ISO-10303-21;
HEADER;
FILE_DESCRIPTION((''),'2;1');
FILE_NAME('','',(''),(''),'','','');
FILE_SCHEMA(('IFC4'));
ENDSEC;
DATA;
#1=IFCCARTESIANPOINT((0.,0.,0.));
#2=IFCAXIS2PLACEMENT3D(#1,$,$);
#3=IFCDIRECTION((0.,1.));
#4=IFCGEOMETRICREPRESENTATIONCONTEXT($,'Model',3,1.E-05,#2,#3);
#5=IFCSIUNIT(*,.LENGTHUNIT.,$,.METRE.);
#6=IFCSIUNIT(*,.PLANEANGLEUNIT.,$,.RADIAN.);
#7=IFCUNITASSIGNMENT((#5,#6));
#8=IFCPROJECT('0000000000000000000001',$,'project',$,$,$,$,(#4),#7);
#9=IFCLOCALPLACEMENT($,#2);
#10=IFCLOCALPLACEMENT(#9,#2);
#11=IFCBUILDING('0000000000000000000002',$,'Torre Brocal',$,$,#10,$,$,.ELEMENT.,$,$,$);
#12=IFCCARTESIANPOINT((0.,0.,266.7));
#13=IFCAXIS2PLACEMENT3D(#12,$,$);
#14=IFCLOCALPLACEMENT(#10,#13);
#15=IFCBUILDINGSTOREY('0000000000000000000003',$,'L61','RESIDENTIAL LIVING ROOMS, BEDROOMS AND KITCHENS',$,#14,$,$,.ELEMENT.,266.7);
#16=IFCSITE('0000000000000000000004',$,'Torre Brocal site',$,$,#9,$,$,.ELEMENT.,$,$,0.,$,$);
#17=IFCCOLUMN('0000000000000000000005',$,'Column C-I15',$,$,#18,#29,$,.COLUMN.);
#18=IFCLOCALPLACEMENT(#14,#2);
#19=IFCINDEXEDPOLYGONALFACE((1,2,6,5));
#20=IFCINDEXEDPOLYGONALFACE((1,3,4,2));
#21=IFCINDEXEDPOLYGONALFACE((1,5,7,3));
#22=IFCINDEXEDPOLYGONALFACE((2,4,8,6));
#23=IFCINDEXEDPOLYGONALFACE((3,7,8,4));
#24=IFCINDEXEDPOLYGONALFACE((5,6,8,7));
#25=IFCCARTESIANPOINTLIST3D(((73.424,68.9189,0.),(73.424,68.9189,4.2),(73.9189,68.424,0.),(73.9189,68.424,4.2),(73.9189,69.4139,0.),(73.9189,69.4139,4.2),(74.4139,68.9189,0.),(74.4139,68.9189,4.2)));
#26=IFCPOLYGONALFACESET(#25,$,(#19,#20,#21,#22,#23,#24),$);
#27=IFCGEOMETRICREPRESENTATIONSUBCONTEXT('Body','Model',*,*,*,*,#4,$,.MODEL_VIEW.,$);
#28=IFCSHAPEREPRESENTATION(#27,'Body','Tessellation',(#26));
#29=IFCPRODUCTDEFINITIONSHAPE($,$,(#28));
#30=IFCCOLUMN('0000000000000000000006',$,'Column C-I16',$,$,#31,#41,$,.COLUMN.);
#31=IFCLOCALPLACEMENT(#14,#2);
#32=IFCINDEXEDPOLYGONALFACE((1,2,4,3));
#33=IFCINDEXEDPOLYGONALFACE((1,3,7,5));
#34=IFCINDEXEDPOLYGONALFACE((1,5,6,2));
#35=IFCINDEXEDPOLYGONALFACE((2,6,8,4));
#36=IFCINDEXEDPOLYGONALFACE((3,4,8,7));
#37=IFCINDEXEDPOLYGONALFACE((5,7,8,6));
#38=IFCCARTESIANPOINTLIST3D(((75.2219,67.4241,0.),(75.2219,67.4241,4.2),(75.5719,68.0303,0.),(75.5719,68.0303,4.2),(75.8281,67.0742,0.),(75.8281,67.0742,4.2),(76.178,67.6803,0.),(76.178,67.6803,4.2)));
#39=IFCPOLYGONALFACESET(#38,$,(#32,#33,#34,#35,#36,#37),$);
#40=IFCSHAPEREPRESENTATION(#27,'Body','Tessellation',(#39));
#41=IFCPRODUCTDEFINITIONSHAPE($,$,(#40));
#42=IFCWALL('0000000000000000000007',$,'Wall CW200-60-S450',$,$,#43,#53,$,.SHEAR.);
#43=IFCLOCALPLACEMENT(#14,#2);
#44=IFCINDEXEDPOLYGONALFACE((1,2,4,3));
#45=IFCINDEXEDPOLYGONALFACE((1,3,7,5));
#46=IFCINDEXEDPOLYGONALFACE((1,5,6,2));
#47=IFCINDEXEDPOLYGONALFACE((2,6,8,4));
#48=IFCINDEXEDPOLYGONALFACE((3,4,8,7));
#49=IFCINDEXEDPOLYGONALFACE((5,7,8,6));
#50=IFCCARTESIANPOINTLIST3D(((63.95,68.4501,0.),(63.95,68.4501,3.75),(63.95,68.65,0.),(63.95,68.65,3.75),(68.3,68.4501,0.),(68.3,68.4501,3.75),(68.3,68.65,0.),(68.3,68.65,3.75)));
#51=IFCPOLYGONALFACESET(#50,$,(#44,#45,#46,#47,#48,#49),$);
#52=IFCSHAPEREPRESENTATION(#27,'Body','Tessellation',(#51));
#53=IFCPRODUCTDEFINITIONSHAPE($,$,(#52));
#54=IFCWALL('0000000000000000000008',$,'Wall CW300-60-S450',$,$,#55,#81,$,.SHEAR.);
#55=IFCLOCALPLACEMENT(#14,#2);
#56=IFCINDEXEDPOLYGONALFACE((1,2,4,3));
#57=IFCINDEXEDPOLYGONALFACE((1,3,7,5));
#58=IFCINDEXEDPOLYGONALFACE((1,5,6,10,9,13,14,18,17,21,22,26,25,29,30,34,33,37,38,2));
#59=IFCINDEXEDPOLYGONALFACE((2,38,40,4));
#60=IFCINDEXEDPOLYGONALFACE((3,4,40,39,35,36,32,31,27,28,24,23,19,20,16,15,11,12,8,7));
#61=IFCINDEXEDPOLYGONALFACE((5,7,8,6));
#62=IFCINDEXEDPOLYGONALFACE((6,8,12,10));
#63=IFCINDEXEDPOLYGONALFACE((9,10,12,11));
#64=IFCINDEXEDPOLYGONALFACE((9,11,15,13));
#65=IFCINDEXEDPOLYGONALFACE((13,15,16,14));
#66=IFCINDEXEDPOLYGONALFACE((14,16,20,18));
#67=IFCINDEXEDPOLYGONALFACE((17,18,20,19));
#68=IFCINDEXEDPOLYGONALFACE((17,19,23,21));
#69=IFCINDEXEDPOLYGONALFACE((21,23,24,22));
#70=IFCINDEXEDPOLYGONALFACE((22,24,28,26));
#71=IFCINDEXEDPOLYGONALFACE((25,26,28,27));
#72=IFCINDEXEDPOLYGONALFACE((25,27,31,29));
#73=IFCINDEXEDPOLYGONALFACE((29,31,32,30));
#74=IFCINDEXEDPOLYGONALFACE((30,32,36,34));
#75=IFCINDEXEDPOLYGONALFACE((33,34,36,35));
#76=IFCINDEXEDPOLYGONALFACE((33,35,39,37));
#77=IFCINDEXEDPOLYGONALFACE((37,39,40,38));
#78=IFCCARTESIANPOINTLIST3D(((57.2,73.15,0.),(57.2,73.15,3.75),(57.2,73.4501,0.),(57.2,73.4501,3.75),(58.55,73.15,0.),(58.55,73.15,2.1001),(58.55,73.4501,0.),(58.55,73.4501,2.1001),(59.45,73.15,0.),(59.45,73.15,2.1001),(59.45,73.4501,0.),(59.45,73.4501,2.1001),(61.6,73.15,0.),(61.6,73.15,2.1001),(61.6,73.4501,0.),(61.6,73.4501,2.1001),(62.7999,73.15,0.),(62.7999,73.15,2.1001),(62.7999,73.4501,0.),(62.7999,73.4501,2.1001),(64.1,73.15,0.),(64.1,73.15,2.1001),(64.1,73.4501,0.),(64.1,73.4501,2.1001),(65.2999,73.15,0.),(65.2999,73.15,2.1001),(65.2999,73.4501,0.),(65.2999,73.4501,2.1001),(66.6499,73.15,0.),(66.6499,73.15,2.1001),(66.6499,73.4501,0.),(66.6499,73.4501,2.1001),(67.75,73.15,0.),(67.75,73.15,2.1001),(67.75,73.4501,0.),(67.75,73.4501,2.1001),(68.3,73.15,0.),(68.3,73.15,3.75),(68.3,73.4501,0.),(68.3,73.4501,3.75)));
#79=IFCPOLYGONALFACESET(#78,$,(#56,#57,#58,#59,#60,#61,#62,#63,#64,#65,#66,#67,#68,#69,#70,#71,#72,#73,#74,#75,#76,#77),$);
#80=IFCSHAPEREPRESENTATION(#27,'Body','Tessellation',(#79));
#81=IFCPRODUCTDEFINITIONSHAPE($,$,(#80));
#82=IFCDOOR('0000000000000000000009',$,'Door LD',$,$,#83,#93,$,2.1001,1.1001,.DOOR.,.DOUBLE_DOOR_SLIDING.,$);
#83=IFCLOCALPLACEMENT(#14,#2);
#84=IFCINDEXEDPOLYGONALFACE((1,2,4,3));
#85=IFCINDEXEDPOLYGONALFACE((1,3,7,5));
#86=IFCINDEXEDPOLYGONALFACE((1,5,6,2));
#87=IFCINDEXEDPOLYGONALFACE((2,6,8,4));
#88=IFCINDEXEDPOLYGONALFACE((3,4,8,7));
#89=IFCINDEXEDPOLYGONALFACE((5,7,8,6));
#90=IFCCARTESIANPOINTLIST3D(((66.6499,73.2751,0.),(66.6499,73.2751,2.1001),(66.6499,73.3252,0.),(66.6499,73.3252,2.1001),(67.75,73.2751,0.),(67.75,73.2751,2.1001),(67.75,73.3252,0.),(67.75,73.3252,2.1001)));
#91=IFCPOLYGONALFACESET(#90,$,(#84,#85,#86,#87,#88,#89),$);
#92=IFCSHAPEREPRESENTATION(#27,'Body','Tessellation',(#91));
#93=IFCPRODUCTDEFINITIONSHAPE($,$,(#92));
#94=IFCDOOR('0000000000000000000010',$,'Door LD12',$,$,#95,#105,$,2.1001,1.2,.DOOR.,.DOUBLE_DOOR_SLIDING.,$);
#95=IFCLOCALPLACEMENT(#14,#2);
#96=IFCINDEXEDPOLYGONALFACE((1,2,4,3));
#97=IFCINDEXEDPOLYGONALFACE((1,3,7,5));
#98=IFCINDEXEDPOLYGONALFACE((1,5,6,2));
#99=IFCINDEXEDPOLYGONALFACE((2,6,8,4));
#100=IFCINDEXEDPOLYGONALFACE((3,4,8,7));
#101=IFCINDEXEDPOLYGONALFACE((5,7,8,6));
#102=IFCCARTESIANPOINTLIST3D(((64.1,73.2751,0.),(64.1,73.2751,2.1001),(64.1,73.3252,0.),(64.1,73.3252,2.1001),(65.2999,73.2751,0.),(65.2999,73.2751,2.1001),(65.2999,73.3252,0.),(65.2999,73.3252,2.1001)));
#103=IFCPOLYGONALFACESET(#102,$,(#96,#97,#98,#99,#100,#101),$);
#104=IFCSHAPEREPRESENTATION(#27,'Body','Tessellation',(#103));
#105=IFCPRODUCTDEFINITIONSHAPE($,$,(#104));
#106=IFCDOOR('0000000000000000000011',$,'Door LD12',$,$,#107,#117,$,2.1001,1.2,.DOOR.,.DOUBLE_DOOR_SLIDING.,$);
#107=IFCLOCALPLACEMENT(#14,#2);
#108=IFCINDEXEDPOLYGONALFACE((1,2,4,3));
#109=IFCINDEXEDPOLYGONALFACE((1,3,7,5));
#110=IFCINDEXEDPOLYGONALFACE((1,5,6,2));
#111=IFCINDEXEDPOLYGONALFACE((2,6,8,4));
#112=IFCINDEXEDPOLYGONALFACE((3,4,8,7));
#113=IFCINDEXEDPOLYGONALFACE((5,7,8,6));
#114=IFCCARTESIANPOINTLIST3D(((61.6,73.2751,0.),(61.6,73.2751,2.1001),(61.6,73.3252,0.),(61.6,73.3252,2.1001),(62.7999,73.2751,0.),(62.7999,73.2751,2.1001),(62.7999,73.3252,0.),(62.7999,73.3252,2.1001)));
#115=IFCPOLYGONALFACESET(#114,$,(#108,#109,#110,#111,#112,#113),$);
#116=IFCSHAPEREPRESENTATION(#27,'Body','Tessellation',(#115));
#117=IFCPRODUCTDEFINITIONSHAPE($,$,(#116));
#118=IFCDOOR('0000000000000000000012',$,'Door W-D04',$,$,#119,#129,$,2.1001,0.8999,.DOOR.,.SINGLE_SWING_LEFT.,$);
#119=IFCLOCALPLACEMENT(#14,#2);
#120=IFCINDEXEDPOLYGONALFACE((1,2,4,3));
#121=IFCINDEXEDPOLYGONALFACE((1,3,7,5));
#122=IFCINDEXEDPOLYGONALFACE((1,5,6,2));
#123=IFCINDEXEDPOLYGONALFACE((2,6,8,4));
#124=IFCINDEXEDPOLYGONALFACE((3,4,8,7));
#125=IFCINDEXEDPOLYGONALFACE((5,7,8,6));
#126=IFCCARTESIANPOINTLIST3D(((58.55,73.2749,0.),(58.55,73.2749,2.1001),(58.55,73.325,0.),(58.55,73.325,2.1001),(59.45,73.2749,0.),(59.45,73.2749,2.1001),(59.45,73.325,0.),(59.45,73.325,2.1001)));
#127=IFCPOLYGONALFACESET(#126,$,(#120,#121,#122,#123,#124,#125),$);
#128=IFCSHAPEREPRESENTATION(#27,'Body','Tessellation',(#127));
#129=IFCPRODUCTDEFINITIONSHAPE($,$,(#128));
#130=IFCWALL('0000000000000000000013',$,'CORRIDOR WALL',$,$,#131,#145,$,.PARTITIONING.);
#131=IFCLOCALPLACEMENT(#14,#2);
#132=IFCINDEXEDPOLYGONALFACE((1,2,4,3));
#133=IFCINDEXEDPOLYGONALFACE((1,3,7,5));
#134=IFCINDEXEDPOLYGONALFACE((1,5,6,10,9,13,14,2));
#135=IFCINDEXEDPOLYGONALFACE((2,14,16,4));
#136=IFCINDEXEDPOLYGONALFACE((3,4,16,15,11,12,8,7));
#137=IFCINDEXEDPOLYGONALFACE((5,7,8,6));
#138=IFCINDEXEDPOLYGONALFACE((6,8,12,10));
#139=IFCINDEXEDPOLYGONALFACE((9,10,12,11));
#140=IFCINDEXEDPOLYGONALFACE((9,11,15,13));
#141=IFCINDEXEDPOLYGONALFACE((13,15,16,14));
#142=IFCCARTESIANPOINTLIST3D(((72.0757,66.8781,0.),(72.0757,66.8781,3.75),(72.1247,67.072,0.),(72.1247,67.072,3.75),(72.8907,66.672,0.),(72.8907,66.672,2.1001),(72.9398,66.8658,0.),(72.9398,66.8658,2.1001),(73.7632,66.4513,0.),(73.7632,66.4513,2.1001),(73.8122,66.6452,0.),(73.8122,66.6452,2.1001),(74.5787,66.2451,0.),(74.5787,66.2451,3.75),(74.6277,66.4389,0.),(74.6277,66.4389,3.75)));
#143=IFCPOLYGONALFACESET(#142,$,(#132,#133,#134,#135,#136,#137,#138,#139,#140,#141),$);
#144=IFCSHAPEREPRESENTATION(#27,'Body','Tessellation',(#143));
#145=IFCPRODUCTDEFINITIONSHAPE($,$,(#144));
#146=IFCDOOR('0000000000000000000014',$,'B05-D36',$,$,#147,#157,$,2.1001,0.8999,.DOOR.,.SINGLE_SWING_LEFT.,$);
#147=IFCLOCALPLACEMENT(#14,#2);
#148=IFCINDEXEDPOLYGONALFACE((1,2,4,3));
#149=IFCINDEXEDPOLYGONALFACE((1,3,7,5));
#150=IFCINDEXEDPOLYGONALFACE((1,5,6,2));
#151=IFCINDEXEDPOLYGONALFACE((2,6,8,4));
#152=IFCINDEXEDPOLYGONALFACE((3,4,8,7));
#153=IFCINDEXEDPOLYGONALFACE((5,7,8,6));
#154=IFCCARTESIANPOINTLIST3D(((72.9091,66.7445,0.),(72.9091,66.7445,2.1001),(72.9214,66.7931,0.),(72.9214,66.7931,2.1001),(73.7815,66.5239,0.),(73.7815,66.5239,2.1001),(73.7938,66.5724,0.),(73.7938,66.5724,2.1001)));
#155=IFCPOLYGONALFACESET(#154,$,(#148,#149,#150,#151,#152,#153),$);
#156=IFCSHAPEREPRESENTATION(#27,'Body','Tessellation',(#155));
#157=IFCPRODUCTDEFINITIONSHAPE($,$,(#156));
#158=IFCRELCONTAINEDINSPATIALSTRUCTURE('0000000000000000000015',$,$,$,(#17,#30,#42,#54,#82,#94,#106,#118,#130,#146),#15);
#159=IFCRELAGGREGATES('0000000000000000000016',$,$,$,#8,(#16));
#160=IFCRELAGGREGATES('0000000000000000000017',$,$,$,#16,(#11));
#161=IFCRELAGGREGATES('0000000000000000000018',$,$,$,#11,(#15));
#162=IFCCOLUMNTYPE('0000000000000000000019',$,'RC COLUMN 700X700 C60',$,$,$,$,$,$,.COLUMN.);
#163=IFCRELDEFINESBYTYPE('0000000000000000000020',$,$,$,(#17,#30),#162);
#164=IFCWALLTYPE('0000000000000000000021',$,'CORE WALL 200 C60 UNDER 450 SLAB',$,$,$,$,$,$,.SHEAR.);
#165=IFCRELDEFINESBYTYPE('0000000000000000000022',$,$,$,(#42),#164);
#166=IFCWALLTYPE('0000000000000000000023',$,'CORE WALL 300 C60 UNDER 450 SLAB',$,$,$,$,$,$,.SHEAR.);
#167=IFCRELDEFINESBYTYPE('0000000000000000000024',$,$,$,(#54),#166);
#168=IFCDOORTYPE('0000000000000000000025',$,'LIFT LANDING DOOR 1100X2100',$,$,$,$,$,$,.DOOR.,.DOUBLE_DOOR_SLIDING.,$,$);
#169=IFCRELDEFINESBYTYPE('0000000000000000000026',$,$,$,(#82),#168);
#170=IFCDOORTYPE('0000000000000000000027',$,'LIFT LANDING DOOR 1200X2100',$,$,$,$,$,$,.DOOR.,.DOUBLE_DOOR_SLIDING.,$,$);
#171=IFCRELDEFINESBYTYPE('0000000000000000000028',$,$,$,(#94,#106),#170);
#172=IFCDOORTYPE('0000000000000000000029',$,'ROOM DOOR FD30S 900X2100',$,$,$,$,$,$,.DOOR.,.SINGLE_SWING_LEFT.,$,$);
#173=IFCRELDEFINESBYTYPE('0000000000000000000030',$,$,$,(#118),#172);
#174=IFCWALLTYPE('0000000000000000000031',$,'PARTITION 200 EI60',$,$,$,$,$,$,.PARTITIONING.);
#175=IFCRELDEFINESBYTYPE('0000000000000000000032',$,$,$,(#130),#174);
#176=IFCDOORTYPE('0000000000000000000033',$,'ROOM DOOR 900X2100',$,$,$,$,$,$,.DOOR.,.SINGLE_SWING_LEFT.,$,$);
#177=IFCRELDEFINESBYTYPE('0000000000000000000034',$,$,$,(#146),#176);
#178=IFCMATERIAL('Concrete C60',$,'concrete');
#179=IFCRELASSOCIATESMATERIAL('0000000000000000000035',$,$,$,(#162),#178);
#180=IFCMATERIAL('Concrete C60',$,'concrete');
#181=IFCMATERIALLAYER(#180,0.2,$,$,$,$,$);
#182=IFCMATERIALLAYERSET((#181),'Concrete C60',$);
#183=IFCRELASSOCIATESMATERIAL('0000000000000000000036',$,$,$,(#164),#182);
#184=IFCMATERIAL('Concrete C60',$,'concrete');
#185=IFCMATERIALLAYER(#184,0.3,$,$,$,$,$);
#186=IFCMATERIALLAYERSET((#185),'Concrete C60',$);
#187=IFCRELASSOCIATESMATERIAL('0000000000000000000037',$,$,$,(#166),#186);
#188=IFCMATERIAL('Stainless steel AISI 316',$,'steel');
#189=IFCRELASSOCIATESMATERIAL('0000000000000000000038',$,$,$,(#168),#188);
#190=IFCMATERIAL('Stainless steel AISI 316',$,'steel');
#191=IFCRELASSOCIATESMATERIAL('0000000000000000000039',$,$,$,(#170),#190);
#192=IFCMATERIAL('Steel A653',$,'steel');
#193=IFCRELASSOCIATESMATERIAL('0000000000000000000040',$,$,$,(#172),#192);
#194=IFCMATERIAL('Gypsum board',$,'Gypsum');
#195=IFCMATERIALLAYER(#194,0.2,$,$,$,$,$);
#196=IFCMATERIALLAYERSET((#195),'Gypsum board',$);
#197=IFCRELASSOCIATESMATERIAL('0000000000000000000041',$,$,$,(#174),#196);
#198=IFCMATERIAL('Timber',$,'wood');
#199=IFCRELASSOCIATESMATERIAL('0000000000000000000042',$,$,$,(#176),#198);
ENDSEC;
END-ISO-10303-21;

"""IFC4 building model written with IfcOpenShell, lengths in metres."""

from ifc_helpers import new_model, si_unit, direction, frame, frame_2d, origin, origin_2d, place, context, subcontext, project, spatial, rectangle, extrude, material, layer, layer_set, material_profile, profile_set, type_object, element, fill, save


model = new_model("IFC4")

# Units and contexts
model_context = context("Model", 3, precision=1e-05, world=origin(), true_north=direction((0.0, 1.0)))
body_context = subcontext(model_context, "Body", "Model", "MODEL_VIEW")
ifc_project = project(units=[si_unit("LENGTHUNIT", "METRE"), si_unit("PLANEANGLEUNIT", "RADIAN")], contexts=[model_context])

# Site, building, storey
site_placement = place(None, origin())
site = spatial("IfcSite", under=ifc_project, at=site_placement, Name="Torre Brocal site", CompositionType="ELEMENT", RefElevation=0.0)
building_placement = place(site_placement, origin())
building = spatial("IfcBuilding", under=site, at=building_placement, Name="Torre Brocal", CompositionType="ELEMENT")
storey_placement = place(building_placement, frame((0.0, 0.0, 266.7)))
storey = spatial("IfcBuildingStorey", under=building, at=storey_placement, Name="L61", Description="RESIDENTIAL LIVING ROOMS, BEDROOMS AND KITCHENS", CompositionType="ELEMENT", Elevation=266.7)

# Columns
ifc_material_1 = material(Name="Concrete C60", Category="concrete")
ifc_material_profile = material_profile(ifc_material_1, rectangle(XDim=0.7, YDim=0.7, at=origin_2d()), Name="RC 700X700")
ifc_profile_set = profile_set([ifc_material_profile], Name="Concrete C60")
column_type = type_object("IfcColumnType", Name="RC COLUMN 700X700 C60", PredefinedType="COLUMN", material=ifc_profile_set)
for number, where, z_axis, x_axis, name in (
    (1, (73.9189, 68.9189, 0.0), (0.0, 0.0, 1.0), (-0.707107, -0.707107, 0.0), "Column C-I15"),
    (2, (75.7, 67.5522, 0.0), (0.0, 0.0, 1.0), (-0.5, -0.866025, 0.0), "Column C-I16"),
):
    element("IfcColumn", number, at=place(storey_placement, frame(where, z_axis=z_axis, x_axis=x_axis)), inside=storey, type_object=column_type, Name=name, PredefinedType="COLUMN", context=body_context, shape_type="SweptSolid", body=[
        extrude(rectangle(XDim=0.7, YDim=0.7, at=origin_2d()), origin(), (0.0, 0.0, 1.0), 4.2),
    ])

# Wall
ifc_material_2 = material(Name="Concrete C60", Category="concrete")
ifc_layer_1 = layer(ifc_material_2, 0.2)
ifc_layer_set_1 = layer_set([ifc_layer_1], Name="Concrete C60")
wall_type_1 = type_object("IfcWallType", Name="CORE WALL 200 C60 UNDER 450 SLAB", PredefinedType="SHEAR", material=ifc_layer_set_1)
wall_1_placement = place(storey_placement, frame((68.3, 68.55, 0.0), z_axis=(0.0, 0.0, 1.0), x_axis=(-1.0, 0.0, 0.0)))
element("IfcWall", 3, at=wall_1_placement, inside=storey, type_object=wall_type_1, Name="Wall CW200-60-S450", PredefinedType="SHEAR", context=body_context, shape_type="SweptSolid", body=[
    extrude(rectangle(XDim=4.3501, YDim=0.2, at=frame_2d((2.175, 0.0))), origin(), (0.0, 0.0, 1.0), 3.75),
])

# Wall, openings, doors
ifc_material_3 = material(Name="Concrete C60", Category="concrete")
ifc_layer_2 = layer(ifc_material_3, 0.3)
ifc_layer_set_2 = layer_set([ifc_layer_2], Name="Concrete C60")
wall_type_2 = type_object("IfcWallType", Name="CORE WALL 300 C60 UNDER 450 SLAB", PredefinedType="SHEAR", material=ifc_layer_set_2)
wall_2_placement = place(storey_placement, frame((68.3, 73.3, 0.0), z_axis=(0.0, 0.0, 1.0), x_axis=(-1.0, 0.0, 0.0)))
wall_2 = element("IfcWall", 4, at=wall_2_placement, inside=storey, type_object=wall_type_2, Name="Wall CW300-60-S450", PredefinedType="SHEAR", context=body_context, shape_type="SweptSolid", body=[
    extrude(rectangle(XDim=11.1001, YDim=0.3, at=frame_2d((5.55, 0.0))), origin(), (0.0, 0.0, 1.0), 3.75),
])
opening_1_placement = place(wall_2_placement, frame((0.55, 0.0, 0.0)))
opening_1 = element("IfcOpeningElement", 5, at=opening_1_placement, cuts=wall_2, PredefinedType="OPENING", context=body_context, shape_type="SweptSolid", body=[
    extrude(rectangle(XDim=1.1001, YDim=2.1001, at=frame_2d((0.55, 1.05))), frame((0.0, 0.1599, 0.0), z_axis=(0.0, -1.0, 0.0), x_axis=(1.0, 0.0, 0.0)), (0.0, 0.0, 1.0), 0.3201),
])
opening_2_placement = place(wall_2_placement, frame((3.0, 0.0, 0.0)))
opening_2 = element("IfcOpeningElement", 6, at=opening_2_placement, cuts=wall_2, PredefinedType="OPENING", context=body_context, shape_type="SweptSolid", body=[
    extrude(rectangle(XDim=1.2, YDim=2.1001, at=frame_2d((0.6001, 1.05))), frame((0.0, 0.1599, 0.0), z_axis=(0.0, -1.0, 0.0), x_axis=(1.0, 0.0, 0.0)), (0.0, 0.0, 1.0), 0.3201),
])
opening_3_placement = place(wall_2_placement, frame((5.5, 0.0, 0.0)))
opening_3 = element("IfcOpeningElement", 7, at=opening_3_placement, cuts=wall_2, PredefinedType="OPENING", context=body_context, shape_type="SweptSolid", body=[
    extrude(rectangle(XDim=1.2, YDim=2.1001, at=frame_2d((0.6001, 1.05))), frame((0.0, 0.1599, 0.0), z_axis=(0.0, -1.0, 0.0), x_axis=(1.0, 0.0, 0.0)), (0.0, 0.0, 1.0), 0.3201),
])
opening_4_placement = place(wall_2_placement, frame((8.8501, 0.0, 0.0)))
opening_4 = element("IfcOpeningElement", 8, at=opening_4_placement, cuts=wall_2, PredefinedType="OPENING", context=body_context, shape_type="SweptSolid", body=[
    extrude(rectangle(XDim=0.8999, YDim=2.1001, at=frame_2d((0.45, 1.05))), frame((0.0, 0.1599, 0.0), z_axis=(0.0, -1.0, 0.0), x_axis=(1.0, 0.0, 0.0)), (0.0, 0.0, 1.0), 0.3201),
])
ifc_material_4 = material(Name="Stainless steel AISI 316", Category="steel")
door_type_1 = type_object("IfcDoorType", Name="LIFT LANDING DOOR 1100X2100", OperationType="DOUBLE_DOOR_SLIDING", PredefinedType="DOOR", material=ifc_material_4)
door_1_placement = place(opening_1_placement, origin())
door_1 = element("IfcDoor", 9, at=door_1_placement, inside=storey, type_object=door_type_1, Name="Door LD", OperationType="DOUBLE_DOOR_SLIDING", OverallHeight=2.1001, OverallWidth=1.1001, PredefinedType="DOOR", context=body_context, shape_type="SweptSolid", body=[
    extrude(rectangle(XDim=1.1001, YDim=2.1001, at=frame_2d((0.55, 1.05))), frame((0.0, 0.0249, 0.0), z_axis=(0.0, -1.0, 0.0), x_axis=(1.0, 0.0, 0.0)), (0.0, 0.0, 1.0), 0.05),
])
fill(opening_1, door_1)
ifc_material_5 = material(Name="Stainless steel AISI 316", Category="steel")
door_type_2 = type_object("IfcDoorType", Name="LIFT LANDING DOOR 1200X2100", OperationType="DOUBLE_DOOR_SLIDING", PredefinedType="DOOR", material=ifc_material_5)
door_2_placement = place(opening_2_placement, origin())
door_2 = element("IfcDoor", 10, at=door_2_placement, inside=storey, type_object=door_type_2, Name="Door LD12", OperationType="DOUBLE_DOOR_SLIDING", OverallHeight=2.1001, OverallWidth=1.2, PredefinedType="DOOR", context=body_context, shape_type="SweptSolid", body=[
    extrude(rectangle(XDim=1.2, YDim=2.1001, at=frame_2d((0.6001, 1.05))), frame((0.0, 0.0249, 0.0), z_axis=(0.0, -1.0, 0.0), x_axis=(1.0, 0.0, 0.0)), (0.0, 0.0, 1.0), 0.05),
])
fill(opening_2, door_2)
door_3_placement = place(opening_3_placement, origin())
door_3 = element("IfcDoor", 11, at=door_3_placement, inside=storey, type_object=door_type_2, Name="Door LD12", OperationType="DOUBLE_DOOR_SLIDING", OverallHeight=2.1001, OverallWidth=1.2, PredefinedType="DOOR", context=body_context, shape_type="SweptSolid", body=[
    extrude(rectangle(XDim=1.2, YDim=2.1001, at=frame_2d((0.6001, 1.05))), frame((0.0, 0.0249, 0.0), z_axis=(0.0, -1.0, 0.0), x_axis=(1.0, 0.0, 0.0)), (0.0, 0.0, 1.0), 0.05),
])
fill(opening_3, door_3)
ifc_material_6 = material(Name="Steel A653", Category="steel")
door_type_3 = type_object("IfcDoorType", Name="ROOM DOOR FD30S 900X2100", OperationType="SINGLE_SWING_LEFT", PredefinedType="DOOR", material=ifc_material_6)
door_4_placement = place(opening_4_placement, frame((0.8999, 0.0, 0.0), z_axis=(0.0, 0.0, 1.0), x_axis=(-1.0, 0.0, 0.0)))
door_4 = element("IfcDoor", 12, at=door_4_placement, inside=storey, type_object=door_type_3, Name="Door W-D04", OperationType="SINGLE_SWING_LEFT", OverallHeight=2.1001, OverallWidth=0.8999, PredefinedType="DOOR", context=body_context, shape_type="SweptSolid", body=[
    extrude(rectangle(XDim=0.8999, YDim=2.1001, at=frame_2d((0.45, 1.05))), frame((0.0, 0.0249, 0.0), z_axis=(0.0, -1.0, 0.0), x_axis=(1.0, 0.0, 0.0)), (0.0, 0.0, 1.0), 0.05),
])
fill(opening_4, door_4)

# Wall, opening, door
ifc_material_7 = material(Name="Gypsum board", Category="Gypsum")
ifc_layer_3 = layer(ifc_material_7, 0.2)
ifc_layer_set_3 = layer_set([ifc_layer_3], Name="Gypsum board")
wall_type_3 = type_object("IfcWallType", Name="PARTITION 200 EI60", PredefinedType="PARTITIONING", material=ifc_layer_set_3)
wall_3_placement = place(storey_placement, frame((72.1001, 66.9751, 0.0), z_axis=(0.0, 0.0, 1.0), x_axis=(0.969471, -0.245205, 0.0)))
wall_3 = element("IfcWall", 13, at=wall_3_placement, inside=storey, type_object=wall_type_3, Name="CORRIDOR WALL", PredefinedType="PARTITIONING", context=body_context, shape_type="SweptSolid", body=[
    extrude(rectangle(XDim=2.5818, YDim=0.2, at=frame_2d((1.291, 0.0))), origin(), (0.0, 0.0, 1.0), 3.75),
])
opening_5_placement = place(wall_3_placement, frame((0.8408, 0.0, 0.0)))
opening_5 = element("IfcOpeningElement", 14, at=opening_5_placement, cuts=wall_3, PredefinedType="OPENING", context=body_context, shape_type="SweptSolid", body=[
    extrude(rectangle(XDim=0.8999, YDim=2.1001, at=frame_2d((0.45, 1.05))), frame((0.0, 0.1099, 0.0), z_axis=(0.0, -1.0, 0.0), x_axis=(1.0, 0.0, 0.0)), (0.0, 0.0, 1.0), 0.22),
])
ifc_material_8 = material(Name="Timber", Category="wood")
door_type_4 = type_object("IfcDoorType", Name="ROOM DOOR 900X2100", OperationType="SINGLE_SWING_LEFT", PredefinedType="DOOR", material=ifc_material_8)
door_5_placement = place(opening_5_placement, origin())
door_5 = element("IfcDoor", 15, at=door_5_placement, inside=storey, type_object=door_type_4, Name="B05-D36", OperationType="SINGLE_SWING_LEFT", OverallHeight=2.1001, OverallWidth=0.8999, PredefinedType="DOOR", context=body_context, shape_type="SweptSolid", body=[
    extrude(rectangle(XDim=0.8999, YDim=2.1001, at=frame_2d((0.45, 1.05))), frame((0.0, 0.0249, 0.0), z_axis=(0.0, -1.0, 0.0), x_axis=(1.0, 0.0, 0.0)), (0.0, 0.0, 1.0), 0.05),
])
fill(opening_5, door_5)

save(model, "model.ifc")
